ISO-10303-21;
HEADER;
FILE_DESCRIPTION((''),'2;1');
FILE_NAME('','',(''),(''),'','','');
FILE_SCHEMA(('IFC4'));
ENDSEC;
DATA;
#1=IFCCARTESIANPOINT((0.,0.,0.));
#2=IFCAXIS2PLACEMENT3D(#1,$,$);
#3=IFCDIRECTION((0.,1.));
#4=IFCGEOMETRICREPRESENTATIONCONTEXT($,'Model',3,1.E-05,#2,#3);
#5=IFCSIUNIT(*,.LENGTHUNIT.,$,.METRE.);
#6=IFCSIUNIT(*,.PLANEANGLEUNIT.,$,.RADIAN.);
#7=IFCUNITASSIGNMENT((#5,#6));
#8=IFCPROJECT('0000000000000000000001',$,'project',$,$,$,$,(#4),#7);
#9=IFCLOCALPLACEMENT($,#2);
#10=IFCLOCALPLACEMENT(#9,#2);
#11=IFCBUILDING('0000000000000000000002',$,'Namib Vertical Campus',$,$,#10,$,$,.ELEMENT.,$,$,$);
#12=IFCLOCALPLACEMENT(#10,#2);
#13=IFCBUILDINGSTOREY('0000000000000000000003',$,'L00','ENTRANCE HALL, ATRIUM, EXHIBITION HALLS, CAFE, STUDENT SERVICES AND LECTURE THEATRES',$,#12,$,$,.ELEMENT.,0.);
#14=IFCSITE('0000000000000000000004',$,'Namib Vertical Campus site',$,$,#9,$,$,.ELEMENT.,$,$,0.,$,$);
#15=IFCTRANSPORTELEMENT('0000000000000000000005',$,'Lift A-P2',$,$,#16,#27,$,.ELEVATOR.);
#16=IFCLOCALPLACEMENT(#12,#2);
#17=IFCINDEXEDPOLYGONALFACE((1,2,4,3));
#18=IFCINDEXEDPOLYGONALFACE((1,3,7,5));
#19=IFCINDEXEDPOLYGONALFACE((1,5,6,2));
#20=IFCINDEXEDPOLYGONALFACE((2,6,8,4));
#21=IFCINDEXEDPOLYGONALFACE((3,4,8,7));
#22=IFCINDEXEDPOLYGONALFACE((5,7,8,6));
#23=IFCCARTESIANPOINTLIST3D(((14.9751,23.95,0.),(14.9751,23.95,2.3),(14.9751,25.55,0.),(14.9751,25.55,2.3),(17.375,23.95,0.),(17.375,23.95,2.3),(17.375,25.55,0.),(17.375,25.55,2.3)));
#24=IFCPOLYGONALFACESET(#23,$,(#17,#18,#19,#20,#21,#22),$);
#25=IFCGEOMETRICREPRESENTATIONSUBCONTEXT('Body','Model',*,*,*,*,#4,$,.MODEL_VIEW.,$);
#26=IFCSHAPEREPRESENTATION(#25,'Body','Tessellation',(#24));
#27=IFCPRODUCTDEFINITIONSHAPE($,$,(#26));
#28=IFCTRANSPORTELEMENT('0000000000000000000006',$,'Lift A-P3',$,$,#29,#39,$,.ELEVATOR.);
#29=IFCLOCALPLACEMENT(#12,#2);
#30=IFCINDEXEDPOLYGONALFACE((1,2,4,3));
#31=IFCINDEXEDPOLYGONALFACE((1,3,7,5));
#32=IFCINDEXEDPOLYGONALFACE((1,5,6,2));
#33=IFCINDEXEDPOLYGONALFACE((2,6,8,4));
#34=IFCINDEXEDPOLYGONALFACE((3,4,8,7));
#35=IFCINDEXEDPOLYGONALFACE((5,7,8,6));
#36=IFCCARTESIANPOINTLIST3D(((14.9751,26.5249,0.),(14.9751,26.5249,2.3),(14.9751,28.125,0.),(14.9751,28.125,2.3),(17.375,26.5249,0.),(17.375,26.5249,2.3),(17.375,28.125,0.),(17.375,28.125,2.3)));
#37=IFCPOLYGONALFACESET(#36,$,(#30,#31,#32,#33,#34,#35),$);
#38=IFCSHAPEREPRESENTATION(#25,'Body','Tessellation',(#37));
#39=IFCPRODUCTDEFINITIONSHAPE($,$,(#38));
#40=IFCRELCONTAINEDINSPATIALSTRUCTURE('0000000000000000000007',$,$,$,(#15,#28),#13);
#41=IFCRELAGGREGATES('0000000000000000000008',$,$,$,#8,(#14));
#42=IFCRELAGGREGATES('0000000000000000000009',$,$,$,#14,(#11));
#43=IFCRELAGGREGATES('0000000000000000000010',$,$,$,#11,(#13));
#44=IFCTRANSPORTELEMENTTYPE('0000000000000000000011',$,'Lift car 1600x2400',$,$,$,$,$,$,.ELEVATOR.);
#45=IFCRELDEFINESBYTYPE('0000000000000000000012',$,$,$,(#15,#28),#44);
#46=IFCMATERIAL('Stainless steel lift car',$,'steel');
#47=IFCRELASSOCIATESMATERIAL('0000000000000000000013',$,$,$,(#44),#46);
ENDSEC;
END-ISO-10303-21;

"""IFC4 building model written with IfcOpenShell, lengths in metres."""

from ifc_helpers import new_model, si_unit, direction, frame, origin, origin_2d, place, context, subcontext, project, spatial, rectangle, extrude, material, type_object, element, save


model = new_model("IFC4")

# Units and contexts
model_context = context("Model", 3, precision=1e-05, world=origin(), true_north=direction((0.0, 1.0)))
body_context = subcontext(model_context, "Body", "Model", "MODEL_VIEW")
ifc_project = project(units=[si_unit("LENGTHUNIT", "METRE"), si_unit("PLANEANGLEUNIT", "RADIAN")], contexts=[model_context])

# Site, building, storey
site_placement = place(None, origin())
site = spatial("IfcSite", under=ifc_project, at=site_placement, Name="Namib Vertical Campus site", CompositionType="ELEMENT", RefElevation=0.0)
building_placement = place(site_placement, origin())
building = spatial("IfcBuilding", under=site, at=building_placement, Name="Namib Vertical Campus", CompositionType="ELEMENT")
storey_placement = place(building_placement, origin())
storey = spatial("IfcBuildingStorey", under=building, at=storey_placement, Name="L00", Description="ENTRANCE HALL, ATRIUM, EXHIBITION HALLS, CAFE, STUDENT SERVICES AND LECTURE THEATRES", CompositionType="ELEMENT", Elevation=0.0)

# Transport elements
ifc_material_1 = material(Name="Stainless steel lift car", Category="steel")
transport_element_type = type_object("IfcTransportElementType", Name="Lift car 1600x2400", PredefinedType="ELEVATOR", material=ifc_material_1)
for number, where, z_axis, x_axis, name in (
    (1, (16.175, 24.75, 0.0), (0.0, 0.0, 1.0), (1.0, 0.0, 0.0), "Lift A-P2"),
    (2, (16.175, 27.325, 0.0), (0.0, 0.0, 1.0), (1.0, 0.0, 0.0), "Lift A-P3"),
):
    element("IfcTransportElement", number, at=place(storey_placement, frame(where, z_axis=z_axis, x_axis=x_axis)), inside=storey, type_object=transport_element_type, Name=name, PredefinedType="ELEVATOR", context=body_context, shape_type="SweptSolid", body=[
        extrude(rectangle(XDim=2.3999, YDim=1.6001, at=origin_2d()), origin(), (0.0, 0.0, 1.0), 2.3),
    ])

save(model, "model.ifc")
